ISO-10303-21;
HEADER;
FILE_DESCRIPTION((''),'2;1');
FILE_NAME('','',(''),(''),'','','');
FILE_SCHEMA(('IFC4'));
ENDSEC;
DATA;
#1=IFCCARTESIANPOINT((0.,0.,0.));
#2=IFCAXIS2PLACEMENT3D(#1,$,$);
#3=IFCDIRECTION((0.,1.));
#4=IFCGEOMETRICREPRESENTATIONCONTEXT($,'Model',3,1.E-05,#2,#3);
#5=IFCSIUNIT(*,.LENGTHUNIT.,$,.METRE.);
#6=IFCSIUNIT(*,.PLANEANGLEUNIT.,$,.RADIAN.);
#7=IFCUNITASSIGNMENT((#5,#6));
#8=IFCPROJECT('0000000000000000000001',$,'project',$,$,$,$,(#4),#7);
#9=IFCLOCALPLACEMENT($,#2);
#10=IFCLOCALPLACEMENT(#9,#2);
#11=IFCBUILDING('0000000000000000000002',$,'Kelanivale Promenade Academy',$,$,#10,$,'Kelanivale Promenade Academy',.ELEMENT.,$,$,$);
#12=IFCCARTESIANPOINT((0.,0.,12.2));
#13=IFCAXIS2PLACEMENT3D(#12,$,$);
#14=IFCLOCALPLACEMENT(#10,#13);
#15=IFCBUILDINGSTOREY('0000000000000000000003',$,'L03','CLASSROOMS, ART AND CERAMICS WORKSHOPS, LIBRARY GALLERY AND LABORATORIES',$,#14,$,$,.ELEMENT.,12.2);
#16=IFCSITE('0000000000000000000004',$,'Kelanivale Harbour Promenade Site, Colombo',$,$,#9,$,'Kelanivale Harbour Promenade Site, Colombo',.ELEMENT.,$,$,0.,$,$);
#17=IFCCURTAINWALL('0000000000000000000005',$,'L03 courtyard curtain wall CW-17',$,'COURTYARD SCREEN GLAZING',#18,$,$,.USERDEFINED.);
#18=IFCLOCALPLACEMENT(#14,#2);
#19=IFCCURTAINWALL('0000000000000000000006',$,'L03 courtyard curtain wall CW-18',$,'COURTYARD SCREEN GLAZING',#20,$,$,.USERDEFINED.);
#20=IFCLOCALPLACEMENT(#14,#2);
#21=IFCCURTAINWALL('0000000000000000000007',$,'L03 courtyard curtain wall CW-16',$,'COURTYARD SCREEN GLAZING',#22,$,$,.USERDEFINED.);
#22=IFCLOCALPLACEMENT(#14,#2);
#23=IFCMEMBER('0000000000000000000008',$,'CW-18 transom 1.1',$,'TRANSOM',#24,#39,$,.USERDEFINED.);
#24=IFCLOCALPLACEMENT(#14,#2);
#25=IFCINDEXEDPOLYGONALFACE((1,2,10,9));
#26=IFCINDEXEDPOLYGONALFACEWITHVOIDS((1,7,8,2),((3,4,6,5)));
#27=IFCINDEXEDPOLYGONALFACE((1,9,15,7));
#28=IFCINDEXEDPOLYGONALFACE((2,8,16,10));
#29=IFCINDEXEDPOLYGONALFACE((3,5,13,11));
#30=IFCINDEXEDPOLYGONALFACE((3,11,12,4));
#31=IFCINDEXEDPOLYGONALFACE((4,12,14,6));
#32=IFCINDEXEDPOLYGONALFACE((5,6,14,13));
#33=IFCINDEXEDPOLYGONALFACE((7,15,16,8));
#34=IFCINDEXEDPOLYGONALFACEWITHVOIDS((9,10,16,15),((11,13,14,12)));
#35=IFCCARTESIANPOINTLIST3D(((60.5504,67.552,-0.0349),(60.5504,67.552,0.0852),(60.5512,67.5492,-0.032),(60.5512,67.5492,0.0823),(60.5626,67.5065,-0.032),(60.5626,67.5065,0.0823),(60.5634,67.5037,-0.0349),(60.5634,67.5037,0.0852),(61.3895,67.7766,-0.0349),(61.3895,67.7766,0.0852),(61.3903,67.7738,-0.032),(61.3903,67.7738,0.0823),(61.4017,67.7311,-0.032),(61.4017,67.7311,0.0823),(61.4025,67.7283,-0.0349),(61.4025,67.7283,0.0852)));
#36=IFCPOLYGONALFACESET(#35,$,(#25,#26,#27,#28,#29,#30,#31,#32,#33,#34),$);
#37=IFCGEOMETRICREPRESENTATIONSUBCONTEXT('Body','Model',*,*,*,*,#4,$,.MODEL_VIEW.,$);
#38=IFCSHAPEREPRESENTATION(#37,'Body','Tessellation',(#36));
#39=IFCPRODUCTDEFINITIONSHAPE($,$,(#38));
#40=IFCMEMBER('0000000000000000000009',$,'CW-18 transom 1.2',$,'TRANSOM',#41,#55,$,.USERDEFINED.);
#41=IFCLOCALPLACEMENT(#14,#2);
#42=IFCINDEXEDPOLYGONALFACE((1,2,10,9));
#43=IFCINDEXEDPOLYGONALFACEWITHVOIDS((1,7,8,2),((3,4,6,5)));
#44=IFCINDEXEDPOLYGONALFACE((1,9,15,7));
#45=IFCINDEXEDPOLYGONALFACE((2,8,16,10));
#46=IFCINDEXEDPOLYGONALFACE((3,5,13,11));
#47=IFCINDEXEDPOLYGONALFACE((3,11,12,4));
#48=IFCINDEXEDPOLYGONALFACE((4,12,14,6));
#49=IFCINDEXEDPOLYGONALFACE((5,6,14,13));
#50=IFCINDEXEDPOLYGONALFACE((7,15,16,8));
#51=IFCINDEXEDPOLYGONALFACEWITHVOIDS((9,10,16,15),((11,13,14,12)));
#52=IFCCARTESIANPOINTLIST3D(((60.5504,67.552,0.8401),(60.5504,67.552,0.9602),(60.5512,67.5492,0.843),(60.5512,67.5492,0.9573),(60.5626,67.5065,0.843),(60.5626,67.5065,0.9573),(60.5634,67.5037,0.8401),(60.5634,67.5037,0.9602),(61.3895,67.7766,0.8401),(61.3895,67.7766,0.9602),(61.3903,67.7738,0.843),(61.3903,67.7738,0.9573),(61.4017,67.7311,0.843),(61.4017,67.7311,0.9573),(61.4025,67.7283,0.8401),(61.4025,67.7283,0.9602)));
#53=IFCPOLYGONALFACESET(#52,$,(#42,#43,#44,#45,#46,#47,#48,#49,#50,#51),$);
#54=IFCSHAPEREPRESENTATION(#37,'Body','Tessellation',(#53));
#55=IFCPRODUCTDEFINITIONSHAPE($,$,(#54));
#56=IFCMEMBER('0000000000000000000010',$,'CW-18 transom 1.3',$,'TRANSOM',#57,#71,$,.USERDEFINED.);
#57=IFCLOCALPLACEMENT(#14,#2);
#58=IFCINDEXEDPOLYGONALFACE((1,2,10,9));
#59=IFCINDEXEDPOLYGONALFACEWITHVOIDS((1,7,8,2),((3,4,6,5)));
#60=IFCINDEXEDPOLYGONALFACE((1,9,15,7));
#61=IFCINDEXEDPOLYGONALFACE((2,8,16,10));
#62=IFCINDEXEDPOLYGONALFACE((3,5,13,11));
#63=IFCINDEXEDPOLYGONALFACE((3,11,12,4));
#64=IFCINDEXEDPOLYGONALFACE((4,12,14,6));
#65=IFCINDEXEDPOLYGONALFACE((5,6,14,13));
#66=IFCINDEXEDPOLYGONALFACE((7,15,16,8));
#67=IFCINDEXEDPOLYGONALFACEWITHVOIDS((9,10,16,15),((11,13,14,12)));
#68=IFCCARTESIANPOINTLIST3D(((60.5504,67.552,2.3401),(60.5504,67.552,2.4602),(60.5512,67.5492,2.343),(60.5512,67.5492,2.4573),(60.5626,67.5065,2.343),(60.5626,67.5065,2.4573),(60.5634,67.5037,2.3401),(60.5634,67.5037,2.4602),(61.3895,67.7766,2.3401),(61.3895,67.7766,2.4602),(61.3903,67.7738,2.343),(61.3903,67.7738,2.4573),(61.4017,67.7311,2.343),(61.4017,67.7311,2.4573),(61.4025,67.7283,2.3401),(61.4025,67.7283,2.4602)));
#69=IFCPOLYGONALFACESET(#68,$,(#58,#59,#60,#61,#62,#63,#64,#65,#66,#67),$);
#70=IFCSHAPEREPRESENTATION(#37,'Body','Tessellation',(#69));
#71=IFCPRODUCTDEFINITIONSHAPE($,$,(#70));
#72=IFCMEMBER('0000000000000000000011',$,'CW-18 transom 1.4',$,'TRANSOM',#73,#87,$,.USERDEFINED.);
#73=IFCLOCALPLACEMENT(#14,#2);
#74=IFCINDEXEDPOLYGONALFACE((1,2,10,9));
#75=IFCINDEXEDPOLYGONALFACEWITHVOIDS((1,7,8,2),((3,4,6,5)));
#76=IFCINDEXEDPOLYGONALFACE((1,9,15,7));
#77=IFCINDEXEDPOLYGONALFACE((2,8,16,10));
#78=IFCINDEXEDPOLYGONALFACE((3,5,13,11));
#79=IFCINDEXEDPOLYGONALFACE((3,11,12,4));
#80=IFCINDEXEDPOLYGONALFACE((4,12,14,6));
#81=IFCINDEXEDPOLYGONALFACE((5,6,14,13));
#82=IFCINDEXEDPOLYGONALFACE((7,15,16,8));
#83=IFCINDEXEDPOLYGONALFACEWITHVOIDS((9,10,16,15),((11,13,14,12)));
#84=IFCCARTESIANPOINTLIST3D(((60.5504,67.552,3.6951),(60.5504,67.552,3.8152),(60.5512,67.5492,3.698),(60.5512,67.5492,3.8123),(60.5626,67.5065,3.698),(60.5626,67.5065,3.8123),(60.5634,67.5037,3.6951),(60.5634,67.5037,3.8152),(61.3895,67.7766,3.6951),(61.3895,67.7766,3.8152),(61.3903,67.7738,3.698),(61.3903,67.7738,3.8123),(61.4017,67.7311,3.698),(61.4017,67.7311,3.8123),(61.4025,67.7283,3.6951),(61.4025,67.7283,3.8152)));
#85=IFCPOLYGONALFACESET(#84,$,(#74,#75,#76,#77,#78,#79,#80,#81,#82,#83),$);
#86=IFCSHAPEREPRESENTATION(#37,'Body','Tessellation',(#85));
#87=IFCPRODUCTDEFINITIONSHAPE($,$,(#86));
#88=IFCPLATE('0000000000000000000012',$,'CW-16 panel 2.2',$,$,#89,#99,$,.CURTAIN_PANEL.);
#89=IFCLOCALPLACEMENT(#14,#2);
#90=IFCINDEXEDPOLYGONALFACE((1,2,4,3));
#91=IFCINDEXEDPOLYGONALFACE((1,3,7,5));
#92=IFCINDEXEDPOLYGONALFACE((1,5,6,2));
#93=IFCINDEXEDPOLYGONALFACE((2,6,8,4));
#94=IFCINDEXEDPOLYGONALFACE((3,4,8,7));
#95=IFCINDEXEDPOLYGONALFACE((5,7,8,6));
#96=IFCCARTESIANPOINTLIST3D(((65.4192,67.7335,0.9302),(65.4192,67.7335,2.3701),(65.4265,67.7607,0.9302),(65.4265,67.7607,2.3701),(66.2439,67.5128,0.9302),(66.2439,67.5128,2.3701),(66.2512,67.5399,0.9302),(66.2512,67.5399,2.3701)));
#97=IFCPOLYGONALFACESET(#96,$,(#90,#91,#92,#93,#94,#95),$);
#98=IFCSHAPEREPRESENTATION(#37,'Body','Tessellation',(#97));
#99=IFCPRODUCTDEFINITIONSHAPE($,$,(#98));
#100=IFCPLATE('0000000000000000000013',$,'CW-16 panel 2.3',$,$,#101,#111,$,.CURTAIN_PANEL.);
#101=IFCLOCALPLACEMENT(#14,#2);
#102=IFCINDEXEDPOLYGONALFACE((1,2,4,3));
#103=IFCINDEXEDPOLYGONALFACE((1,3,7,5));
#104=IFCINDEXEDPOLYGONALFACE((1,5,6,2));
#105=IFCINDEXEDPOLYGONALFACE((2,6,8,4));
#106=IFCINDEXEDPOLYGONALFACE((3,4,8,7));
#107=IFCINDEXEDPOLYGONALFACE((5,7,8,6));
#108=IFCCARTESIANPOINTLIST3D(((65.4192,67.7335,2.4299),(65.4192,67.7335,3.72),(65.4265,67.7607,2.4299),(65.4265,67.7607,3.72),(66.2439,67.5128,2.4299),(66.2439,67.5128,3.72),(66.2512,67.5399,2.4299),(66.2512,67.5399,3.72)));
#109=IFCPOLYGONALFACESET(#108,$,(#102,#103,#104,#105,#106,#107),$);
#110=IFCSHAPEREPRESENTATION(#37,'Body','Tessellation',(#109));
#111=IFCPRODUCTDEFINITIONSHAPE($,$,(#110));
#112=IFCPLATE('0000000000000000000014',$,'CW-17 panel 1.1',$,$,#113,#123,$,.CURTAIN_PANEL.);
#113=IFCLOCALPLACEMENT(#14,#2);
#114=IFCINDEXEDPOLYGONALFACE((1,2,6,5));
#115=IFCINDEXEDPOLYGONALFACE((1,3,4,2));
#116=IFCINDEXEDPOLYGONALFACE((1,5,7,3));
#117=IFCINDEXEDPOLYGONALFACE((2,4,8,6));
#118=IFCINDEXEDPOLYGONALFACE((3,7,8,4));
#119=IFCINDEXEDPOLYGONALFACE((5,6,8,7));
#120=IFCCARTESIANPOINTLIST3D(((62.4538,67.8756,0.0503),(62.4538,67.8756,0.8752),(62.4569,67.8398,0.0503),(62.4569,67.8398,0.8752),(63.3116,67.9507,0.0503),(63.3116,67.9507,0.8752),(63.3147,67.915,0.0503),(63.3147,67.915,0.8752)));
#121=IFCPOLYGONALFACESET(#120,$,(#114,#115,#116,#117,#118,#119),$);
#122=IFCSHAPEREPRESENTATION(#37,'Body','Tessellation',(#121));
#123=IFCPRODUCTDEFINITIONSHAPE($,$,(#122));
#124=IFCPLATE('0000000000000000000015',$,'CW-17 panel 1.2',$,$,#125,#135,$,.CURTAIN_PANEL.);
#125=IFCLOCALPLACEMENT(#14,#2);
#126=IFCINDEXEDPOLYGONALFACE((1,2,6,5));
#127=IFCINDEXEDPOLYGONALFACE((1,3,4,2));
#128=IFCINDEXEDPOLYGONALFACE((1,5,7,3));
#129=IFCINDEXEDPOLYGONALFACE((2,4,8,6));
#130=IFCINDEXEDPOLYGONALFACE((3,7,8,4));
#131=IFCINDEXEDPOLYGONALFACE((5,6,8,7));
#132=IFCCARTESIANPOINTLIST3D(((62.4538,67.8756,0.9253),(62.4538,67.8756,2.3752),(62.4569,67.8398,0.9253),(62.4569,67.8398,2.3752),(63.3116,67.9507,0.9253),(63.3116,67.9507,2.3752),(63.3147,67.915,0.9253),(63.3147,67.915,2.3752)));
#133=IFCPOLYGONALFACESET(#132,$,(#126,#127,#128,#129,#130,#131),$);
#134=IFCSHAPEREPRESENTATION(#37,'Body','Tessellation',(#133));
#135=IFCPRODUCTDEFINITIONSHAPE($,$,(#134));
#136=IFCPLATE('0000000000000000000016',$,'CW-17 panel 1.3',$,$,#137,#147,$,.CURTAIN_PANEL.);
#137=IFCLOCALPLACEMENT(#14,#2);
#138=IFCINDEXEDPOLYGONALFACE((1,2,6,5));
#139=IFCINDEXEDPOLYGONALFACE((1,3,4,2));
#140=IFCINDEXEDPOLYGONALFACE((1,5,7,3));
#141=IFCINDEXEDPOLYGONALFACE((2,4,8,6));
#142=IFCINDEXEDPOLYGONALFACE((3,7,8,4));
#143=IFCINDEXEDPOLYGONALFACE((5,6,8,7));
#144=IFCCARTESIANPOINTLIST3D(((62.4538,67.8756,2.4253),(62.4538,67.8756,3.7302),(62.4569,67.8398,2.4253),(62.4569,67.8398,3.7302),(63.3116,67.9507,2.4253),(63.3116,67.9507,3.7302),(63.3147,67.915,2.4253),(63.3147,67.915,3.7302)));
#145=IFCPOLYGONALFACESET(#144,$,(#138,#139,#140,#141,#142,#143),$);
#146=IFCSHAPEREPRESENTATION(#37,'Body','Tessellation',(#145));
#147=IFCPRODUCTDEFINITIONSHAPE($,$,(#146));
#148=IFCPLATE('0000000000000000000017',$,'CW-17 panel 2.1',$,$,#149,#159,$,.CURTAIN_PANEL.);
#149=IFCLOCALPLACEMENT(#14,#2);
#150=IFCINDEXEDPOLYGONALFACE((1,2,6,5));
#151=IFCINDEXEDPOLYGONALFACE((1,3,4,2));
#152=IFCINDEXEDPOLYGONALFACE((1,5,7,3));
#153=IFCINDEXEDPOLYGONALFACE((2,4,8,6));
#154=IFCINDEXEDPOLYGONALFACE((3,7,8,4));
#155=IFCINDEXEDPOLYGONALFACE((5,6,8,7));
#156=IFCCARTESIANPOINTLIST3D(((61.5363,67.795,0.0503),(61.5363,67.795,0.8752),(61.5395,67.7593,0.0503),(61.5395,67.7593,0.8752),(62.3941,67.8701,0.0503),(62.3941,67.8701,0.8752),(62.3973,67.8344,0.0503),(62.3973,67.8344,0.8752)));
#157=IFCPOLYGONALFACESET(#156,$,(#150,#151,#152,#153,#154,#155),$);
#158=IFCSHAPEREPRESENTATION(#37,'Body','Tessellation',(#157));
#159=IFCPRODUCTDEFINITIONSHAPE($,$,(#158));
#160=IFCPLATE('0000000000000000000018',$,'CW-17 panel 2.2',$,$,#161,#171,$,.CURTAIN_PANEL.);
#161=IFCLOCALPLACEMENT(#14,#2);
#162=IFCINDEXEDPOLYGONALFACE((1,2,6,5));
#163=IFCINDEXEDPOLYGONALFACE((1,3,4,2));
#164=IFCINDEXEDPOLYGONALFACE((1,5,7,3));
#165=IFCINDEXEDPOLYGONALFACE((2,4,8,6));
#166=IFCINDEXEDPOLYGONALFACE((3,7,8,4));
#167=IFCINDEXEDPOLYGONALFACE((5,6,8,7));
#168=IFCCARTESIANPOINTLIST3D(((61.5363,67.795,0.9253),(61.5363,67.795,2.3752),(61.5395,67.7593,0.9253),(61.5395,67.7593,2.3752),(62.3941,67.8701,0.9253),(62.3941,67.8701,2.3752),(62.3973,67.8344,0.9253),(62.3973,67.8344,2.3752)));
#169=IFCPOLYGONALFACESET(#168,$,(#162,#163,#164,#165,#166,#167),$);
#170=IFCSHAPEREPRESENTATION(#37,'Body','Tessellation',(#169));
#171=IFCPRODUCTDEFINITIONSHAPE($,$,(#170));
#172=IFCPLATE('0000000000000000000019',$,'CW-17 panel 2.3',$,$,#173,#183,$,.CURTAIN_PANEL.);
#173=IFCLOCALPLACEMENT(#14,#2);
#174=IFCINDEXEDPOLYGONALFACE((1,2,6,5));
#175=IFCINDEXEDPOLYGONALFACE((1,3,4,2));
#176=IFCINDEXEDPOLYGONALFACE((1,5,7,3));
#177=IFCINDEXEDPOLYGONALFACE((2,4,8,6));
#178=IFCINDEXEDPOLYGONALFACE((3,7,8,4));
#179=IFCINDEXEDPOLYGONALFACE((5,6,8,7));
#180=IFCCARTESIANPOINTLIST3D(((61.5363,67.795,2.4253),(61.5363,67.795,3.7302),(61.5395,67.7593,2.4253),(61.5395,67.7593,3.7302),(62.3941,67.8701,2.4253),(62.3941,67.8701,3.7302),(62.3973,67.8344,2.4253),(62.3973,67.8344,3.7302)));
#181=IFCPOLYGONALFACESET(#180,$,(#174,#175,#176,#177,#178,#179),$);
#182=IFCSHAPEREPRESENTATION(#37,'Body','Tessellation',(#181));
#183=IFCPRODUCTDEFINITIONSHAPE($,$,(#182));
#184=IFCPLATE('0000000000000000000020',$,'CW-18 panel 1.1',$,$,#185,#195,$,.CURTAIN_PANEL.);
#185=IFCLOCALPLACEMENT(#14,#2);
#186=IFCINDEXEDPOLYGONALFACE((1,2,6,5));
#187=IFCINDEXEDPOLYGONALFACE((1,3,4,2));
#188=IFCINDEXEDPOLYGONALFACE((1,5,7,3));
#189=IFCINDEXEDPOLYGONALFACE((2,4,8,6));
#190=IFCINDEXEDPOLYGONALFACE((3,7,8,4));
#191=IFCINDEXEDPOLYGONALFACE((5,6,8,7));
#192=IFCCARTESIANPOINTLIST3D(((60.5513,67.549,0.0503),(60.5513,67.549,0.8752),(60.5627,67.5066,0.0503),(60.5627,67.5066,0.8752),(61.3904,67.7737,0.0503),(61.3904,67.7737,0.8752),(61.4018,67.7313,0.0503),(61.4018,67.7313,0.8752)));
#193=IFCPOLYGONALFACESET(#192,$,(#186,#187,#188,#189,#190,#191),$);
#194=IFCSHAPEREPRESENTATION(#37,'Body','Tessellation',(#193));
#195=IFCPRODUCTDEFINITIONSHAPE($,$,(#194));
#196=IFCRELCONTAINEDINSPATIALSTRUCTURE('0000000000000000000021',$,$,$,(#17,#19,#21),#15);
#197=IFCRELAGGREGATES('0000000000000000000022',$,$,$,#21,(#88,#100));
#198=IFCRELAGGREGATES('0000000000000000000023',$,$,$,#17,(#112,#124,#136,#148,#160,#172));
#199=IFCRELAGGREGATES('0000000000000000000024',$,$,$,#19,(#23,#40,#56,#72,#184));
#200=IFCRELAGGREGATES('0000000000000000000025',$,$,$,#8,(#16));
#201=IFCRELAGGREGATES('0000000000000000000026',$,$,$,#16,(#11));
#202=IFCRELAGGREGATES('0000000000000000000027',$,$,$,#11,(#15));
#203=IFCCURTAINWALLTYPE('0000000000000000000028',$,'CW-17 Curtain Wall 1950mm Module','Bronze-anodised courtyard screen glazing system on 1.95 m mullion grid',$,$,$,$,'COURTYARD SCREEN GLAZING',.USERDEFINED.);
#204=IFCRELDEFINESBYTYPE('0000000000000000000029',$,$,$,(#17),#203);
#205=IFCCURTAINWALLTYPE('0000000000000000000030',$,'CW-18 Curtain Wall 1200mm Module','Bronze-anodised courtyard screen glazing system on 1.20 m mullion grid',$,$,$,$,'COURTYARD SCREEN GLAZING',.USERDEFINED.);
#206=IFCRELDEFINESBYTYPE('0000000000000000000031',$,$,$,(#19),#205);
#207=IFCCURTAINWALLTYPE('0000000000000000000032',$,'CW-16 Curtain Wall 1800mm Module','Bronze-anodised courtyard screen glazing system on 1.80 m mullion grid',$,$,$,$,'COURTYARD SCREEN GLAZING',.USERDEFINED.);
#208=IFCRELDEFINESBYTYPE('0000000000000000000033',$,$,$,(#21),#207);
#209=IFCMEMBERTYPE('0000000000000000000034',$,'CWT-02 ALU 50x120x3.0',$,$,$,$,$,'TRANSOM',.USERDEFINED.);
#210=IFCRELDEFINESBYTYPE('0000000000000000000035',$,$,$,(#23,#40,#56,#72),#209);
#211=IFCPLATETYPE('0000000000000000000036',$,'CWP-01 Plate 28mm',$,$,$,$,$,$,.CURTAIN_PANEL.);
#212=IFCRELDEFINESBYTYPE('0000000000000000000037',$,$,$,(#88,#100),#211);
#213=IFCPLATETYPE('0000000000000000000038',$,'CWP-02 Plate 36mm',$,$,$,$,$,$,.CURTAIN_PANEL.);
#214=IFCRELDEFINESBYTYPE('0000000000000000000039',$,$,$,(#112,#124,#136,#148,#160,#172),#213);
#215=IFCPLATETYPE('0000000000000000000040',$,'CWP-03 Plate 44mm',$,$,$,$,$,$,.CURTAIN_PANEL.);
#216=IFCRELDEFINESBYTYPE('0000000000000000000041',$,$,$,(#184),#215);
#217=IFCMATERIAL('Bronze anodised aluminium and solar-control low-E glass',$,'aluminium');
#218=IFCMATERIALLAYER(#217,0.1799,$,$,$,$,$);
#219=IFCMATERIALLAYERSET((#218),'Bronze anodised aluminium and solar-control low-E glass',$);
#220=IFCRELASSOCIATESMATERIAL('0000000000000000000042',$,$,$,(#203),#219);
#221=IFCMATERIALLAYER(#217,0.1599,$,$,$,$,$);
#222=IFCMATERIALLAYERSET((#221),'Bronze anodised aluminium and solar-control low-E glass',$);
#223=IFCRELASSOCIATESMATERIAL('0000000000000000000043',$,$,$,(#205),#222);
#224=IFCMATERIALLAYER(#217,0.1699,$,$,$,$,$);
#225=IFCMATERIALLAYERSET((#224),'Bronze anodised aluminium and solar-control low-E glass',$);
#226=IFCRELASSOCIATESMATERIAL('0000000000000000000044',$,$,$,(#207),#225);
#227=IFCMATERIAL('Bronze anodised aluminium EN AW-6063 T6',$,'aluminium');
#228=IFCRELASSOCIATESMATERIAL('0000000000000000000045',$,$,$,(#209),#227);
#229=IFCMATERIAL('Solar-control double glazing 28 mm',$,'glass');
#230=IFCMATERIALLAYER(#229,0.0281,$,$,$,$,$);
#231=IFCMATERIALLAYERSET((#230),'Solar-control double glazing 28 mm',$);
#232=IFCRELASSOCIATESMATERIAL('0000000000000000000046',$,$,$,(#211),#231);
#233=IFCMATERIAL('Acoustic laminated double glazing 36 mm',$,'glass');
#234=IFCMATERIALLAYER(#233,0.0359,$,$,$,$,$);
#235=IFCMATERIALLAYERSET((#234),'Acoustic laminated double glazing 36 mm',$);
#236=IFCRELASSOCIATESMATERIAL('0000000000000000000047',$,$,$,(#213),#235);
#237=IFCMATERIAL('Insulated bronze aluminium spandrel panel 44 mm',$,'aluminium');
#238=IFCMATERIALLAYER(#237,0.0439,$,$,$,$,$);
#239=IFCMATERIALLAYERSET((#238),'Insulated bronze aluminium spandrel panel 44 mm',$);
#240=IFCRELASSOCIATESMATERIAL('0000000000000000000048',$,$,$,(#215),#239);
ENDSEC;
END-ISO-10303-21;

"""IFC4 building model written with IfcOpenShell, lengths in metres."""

from ifc_helpers import new_model, si_unit, direction, frame, origin, origin_2d, place, context, subcontext, project, spatial, rectangle, hollow_rectangle, extrude, material, layer, layer_set, material_profile, profile_set, type_object, element, aggregate, save


model = new_model("IFC4")

# Units and contexts
model_context = context("Model", 3, precision=1e-05, world=origin(), true_north=direction((0.0, 1.0)))
body_context = subcontext(model_context, "Body", "Model", "MODEL_VIEW")
ifc_project = project(units=[si_unit("LENGTHUNIT", "METRE"), si_unit("PLANEANGLEUNIT", "RADIAN")], contexts=[model_context])

# Site, building, storey
site_placement = place(None, origin())
site = spatial("IfcSite", under=ifc_project, at=site_placement, Name="Kelanivale Harbour Promenade Site, Colombo", LongName="Kelanivale Harbour Promenade Site, Colombo", CompositionType="ELEMENT", RefElevation=0.0)
building_placement = place(site_placement, origin())
building = spatial("IfcBuilding", under=site, at=building_placement, Name="Kelanivale Promenade Academy", LongName="Kelanivale Promenade Academy", CompositionType="ELEMENT")
storey_placement = place(building_placement, frame((0.0, 0.0, 12.2)))
storey = spatial("IfcBuildingStorey", under=building, at=storey_placement, Name="L03", Description="CLASSROOMS, ART AND CERAMICS WORKSHOPS, LIBRARY GALLERY AND LABORATORIES", CompositionType="ELEMENT", Elevation=12.2)

# Curtain wall
ifc_material_1 = material(Name="Bronze anodised aluminium and solar-control low-E glass", Category="aluminium")
ifc_layer_1 = layer(ifc_material_1, 0.1799)
ifc_layer_set_1 = layer_set([ifc_layer_1], Name="Bronze anodised aluminium and solar-control low-E glass")
curtain_wall_type_1 = type_object("IfcCurtainWallType", Name="CW-17 Curtain Wall 1950mm Module", Description="Bronze-anodised courtyard screen glazing system on 1.95 m mullion grid", ElementType="COURTYARD SCREEN GLAZING", PredefinedType="USERDEFINED", material=ifc_layer_set_1)
curtain_wall_1_placement = place(storey_placement, origin())
curtain_wall_1 = element("IfcCurtainWall", 1, at=curtain_wall_1_placement, inside=storey, type_object=curtain_wall_type_1, Name="L03 courtyard curtain wall CW-17", ObjectType="COURTYARD SCREEN GLAZING", PredefinedType="USERDEFINED")
ifc_material_2 = material(Name="Bronze anodised aluminium EN AW-6063 T6", Category="aluminium")

# Curtain walls
ifc_layer_2 = layer(ifc_material_1, 0.1599)
ifc_layer_set_2 = layer_set([ifc_layer_2], Name="Bronze anodised aluminium and solar-control low-E glass")
curtain_wall_type_2 = type_object("IfcCurtainWallType", Name="CW-18 Curtain Wall 1200mm Module", Description="Bronze-anodised courtyard screen glazing system on 1.20 m mullion grid", ElementType="COURTYARD SCREEN GLAZING", PredefinedType="USERDEFINED", material=ifc_layer_set_2)
curtain_wall_2_placement = place(storey_placement, origin())
curtain_wall_2 = element("IfcCurtainWall", 2, at=curtain_wall_2_placement, inside=storey, type_object=curtain_wall_type_2, Name="L03 courtyard curtain wall CW-18", ObjectType="COURTYARD SCREEN GLAZING", PredefinedType="USERDEFINED")
ifc_layer_3 = layer(ifc_material_1, 0.1699)
ifc_layer_set_3 = layer_set([ifc_layer_3], Name="Bronze anodised aluminium and solar-control low-E glass")
curtain_wall_type_3 = type_object("IfcCurtainWallType", Name="CW-16 Curtain Wall 1800mm Module", Description="Bronze-anodised courtyard screen glazing system on 1.80 m mullion grid", ElementType="COURTYARD SCREEN GLAZING", PredefinedType="USERDEFINED", material=ifc_layer_set_3)
curtain_wall_3_placement = place(storey_placement, origin())
curtain_wall_3 = element("IfcCurtainWall", 3, at=curtain_wall_3_placement, inside=storey, type_object=curtain_wall_type_3, Name="L03 courtyard curtain wall CW-16", ObjectType="COURTYARD SCREEN GLAZING", PredefinedType="USERDEFINED")

# Members
ifc_material_profile_1 = material_profile(ifc_material_2, hollow_rectangle(XDim=0.05, YDim=0.1201, WallThickness=0.0029, at=origin_2d()), Name="ALU 50x120x3.0")
ifc_profile_set_1 = profile_set([ifc_material_profile_1], Name="Bronze anodised aluminium EN AW-6063 T6")
member_type_1 = type_object("IfcMemberType", Name="CWT-02 ALU 50x120x3.0", ElementType="TRANSOM", PredefinedType="USERDEFINED", material=ifc_profile_set_1)
member_1_placement = place(storey_placement, frame((61.396, 67.7524, 0.0251), z_axis=(-0.965992, -0.258572, 0.0), x_axis=(0.258572, -0.965992, 0.0)))
member_1 = element("IfcMember", 4, at=member_1_placement, type_object=member_type_1, Name="CW-18 transom 1.1", ObjectType="TRANSOM", PredefinedType="USERDEFINED", context=body_context, shape_type="SweptSolid", body=[
    extrude(hollow_rectangle(XDim=0.05, YDim=0.1201, WallThickness=0.0029, at=origin_2d()), origin(), (0.0, 0.0, 1.0), 0.8687),
])
member_2_placement = place(storey_placement, frame((61.396, 67.7524, 0.9001), z_axis=(-0.965992, -0.258572, 0.0), x_axis=(0.258572, -0.965992, 0.0)))
member_2 = element("IfcMember", 5, at=member_2_placement, type_object=member_type_1, Name="CW-18 transom 1.2", ObjectType="TRANSOM", PredefinedType="USERDEFINED", context=body_context, shape_type="SweptSolid", body=[
    extrude(hollow_rectangle(XDim=0.05, YDim=0.1201, WallThickness=0.0029, at=origin_2d()), origin(), (0.0, 0.0, 1.0), 0.8687),
])
member_3_placement = place(storey_placement, frame((61.396, 67.7524, 2.4001), z_axis=(-0.965992, -0.258572, 0.0), x_axis=(0.258572, -0.965992, 0.0)))
member_3 = element("IfcMember", 6, at=member_3_placement, type_object=member_type_1, Name="CW-18 transom 1.3", ObjectType="TRANSOM", PredefinedType="USERDEFINED", context=body_context, shape_type="SweptSolid", body=[
    extrude(hollow_rectangle(XDim=0.05, YDim=0.1201, WallThickness=0.0029, at=origin_2d()), origin(), (0.0, 0.0, 1.0), 0.8687),
])
member_4_placement = place(storey_placement, frame((61.396, 67.7524, 3.7551), z_axis=(-0.965992, -0.258572, 0.0), x_axis=(0.258572, -0.965992, 0.0)))
member_4 = element("IfcMember", 7, at=member_4_placement, type_object=member_type_1, Name="CW-18 transom 1.4", ObjectType="TRANSOM", PredefinedType="USERDEFINED", context=body_context, shape_type="SweptSolid", body=[
    extrude(hollow_rectangle(XDim=0.05, YDim=0.1201, WallThickness=0.0029, at=origin_2d()), origin(), (0.0, 0.0, 1.0), 0.8687),
])

# Plates
ifc_material_3 = material(Name="Solar-control double glazing 28 mm", Category="glass")
ifc_layer_4 = layer(ifc_material_3, 0.0281)
ifc_layer_set_4 = layer_set([ifc_layer_4], Name="Solar-control double glazing 28 mm")
plate_type_1 = type_object("IfcPlateType", Name="CWP-01 Plate 28mm", PredefinedType="CURTAIN_PANEL", material=ifc_layer_set_4)
plate_1_placement = place(storey_placement, frame((65.8352, 67.6367, 0.9302), z_axis=(0.0, 0.0, 1.0), x_axis=(-0.96599, 0.258578, 0.0)))
plate_1 = element("IfcPlate", 8, at=plate_1_placement, type_object=plate_type_1, Name="CW-16 panel 2.2", PredefinedType="CURTAIN_PANEL", context=body_context, shape_type="SweptSolid", body=[
    extrude(rectangle(XDim=0.8538, YDim=0.0281, at=origin_2d()), origin(), (0.0, 0.0, 1.0), 1.4399),
])
plate_2_placement = place(storey_placement, frame((65.8352, 67.6367, 2.4299), z_axis=(0.0, 0.0, 1.0), x_axis=(-0.96599, 0.258578, 0.0)))
plate_2 = element("IfcPlate", 9, at=plate_2_placement, type_object=plate_type_1, Name="CW-16 panel 2.3", PredefinedType="CURTAIN_PANEL", context=body_context, shape_type="SweptSolid", body=[
    extrude(rectangle(XDim=0.8538, YDim=0.0281, at=origin_2d()), origin(), (0.0, 0.0, 1.0), 1.29),
])
aggregate(curtain_wall_3, [plate_1, plate_2])
ifc_material_4 = material(Name="Acoustic laminated double glazing 36 mm", Category="glass")
ifc_layer_5 = layer(ifc_material_4, 0.0359)
ifc_layer_set_5 = layer_set([ifc_layer_5], Name="Acoustic laminated double glazing 36 mm")
plate_type_2 = type_object("IfcPlateType", Name="CWP-02 Plate 36mm", PredefinedType="CURTAIN_PANEL", material=ifc_layer_set_5)
plate_3_placement = place(storey_placement, frame((62.8843, 67.8953, 0.0503), z_axis=(0.0, 0.0, 1.0), x_axis=(-0.996185, -0.087265, 0.0)))
plate_3 = element("IfcPlate", 10, at=plate_3_placement, type_object=plate_type_2, Name="CW-17 panel 1.1", PredefinedType="CURTAIN_PANEL", context=body_context, shape_type="SweptSolid", body=[
    extrude(rectangle(XDim=0.8611, YDim=0.0359, at=origin_2d()), origin(), (0.0, 0.0, 1.0), 0.825),
])
plate_4_placement = place(storey_placement, frame((62.8843, 67.8953, 0.9253), z_axis=(0.0, 0.0, 1.0), x_axis=(-0.996185, -0.087265, 0.0)))
plate_4 = element("IfcPlate", 11, at=plate_4_placement, type_object=plate_type_2, Name="CW-17 panel 1.2", PredefinedType="CURTAIN_PANEL", context=body_context, shape_type="SweptSolid", body=[
    extrude(rectangle(XDim=0.8611, YDim=0.0359, at=origin_2d()), origin(), (0.0, 0.0, 1.0), 1.45),
])
plate_5_placement = place(storey_placement, frame((62.8843, 67.8953, 2.4253), z_axis=(0.0, 0.0, 1.0), x_axis=(-0.996185, -0.087265, 0.0)))
plate_5 = element("IfcPlate", 12, at=plate_5_placement, type_object=plate_type_2, Name="CW-17 panel 1.3", PredefinedType="CURTAIN_PANEL", context=body_context, shape_type="SweptSolid", body=[
    extrude(rectangle(XDim=0.8611, YDim=0.0359, at=origin_2d()), origin(), (0.0, 0.0, 1.0), 1.3049),
])
plate_6_placement = place(storey_placement, frame((61.9668, 67.8147, 0.0503), z_axis=(0.0, 0.0, 1.0), x_axis=(-0.996185, -0.087265, 0.0)))
plate_6 = element("IfcPlate", 13, at=plate_6_placement, type_object=plate_type_2, Name="CW-17 panel 2.1", PredefinedType="CURTAIN_PANEL", context=body_context, shape_type="SweptSolid", body=[
    extrude(rectangle(XDim=0.8611, YDim=0.0359, at=origin_2d()), origin(), (0.0, 0.0, 1.0), 0.825),
])
plate_7_placement = place(storey_placement, frame((61.9668, 67.8147, 0.9253), z_axis=(0.0, 0.0, 1.0), x_axis=(-0.996185, -0.087265, 0.0)))
plate_7 = element("IfcPlate", 14, at=plate_7_placement, type_object=plate_type_2, Name="CW-17 panel 2.2", PredefinedType="CURTAIN_PANEL", context=body_context, shape_type="SweptSolid", body=[
    extrude(rectangle(XDim=0.8611, YDim=0.0359, at=origin_2d()), origin(), (0.0, 0.0, 1.0), 1.45),
])
plate_8_placement = place(storey_placement, frame((61.9668, 67.8147, 2.4253), z_axis=(0.0, 0.0, 1.0), x_axis=(-0.996185, -0.087265, 0.0)))
plate_8 = element("IfcPlate", 15, at=plate_8_placement, type_object=plate_type_2, Name="CW-17 panel 2.3", PredefinedType="CURTAIN_PANEL", context=body_context, shape_type="SweptSolid", body=[
    extrude(rectangle(XDim=0.8611, YDim=0.0359, at=origin_2d()), origin(), (0.0, 0.0, 1.0), 1.3049),
])
aggregate(curtain_wall_1, [plate_3, plate_4, plate_5, plate_6, plate_7, plate_8])
ifc_material_5 = material(Name="Insulated bronze aluminium spandrel panel 44 mm", Category="aluminium")
ifc_layer_6 = layer(ifc_material_5, 0.0439)
ifc_layer_set_6 = layer_set([ifc_layer_6], Name="Insulated bronze aluminium spandrel panel 44 mm")
plate_type_3 = type_object("IfcPlateType", Name="CWP-03 Plate 44mm", PredefinedType="CURTAIN_PANEL", material=ifc_layer_set_6)
plate_9_placement = place(storey_placement, frame((60.9766, 67.6401, 0.0503), z_axis=(0.0, 0.0, 1.0), x_axis=(-0.965957, -0.258701, 0.0)))
plate_9 = element("IfcPlate", 16, at=plate_9_placement, type_object=plate_type_3, Name="CW-18 panel 1.1", PredefinedType="CURTAIN_PANEL", context=body_context, shape_type="SweptSolid", body=[
    extrude(rectangle(XDim=0.8687, YDim=0.0439, at=origin_2d()), origin(), (0.0, 0.0, 1.0), 0.825),
])
aggregate(curtain_wall_2, [member_1, member_2, member_3, member_4, plate_9])

save(model, "model.ifc")
